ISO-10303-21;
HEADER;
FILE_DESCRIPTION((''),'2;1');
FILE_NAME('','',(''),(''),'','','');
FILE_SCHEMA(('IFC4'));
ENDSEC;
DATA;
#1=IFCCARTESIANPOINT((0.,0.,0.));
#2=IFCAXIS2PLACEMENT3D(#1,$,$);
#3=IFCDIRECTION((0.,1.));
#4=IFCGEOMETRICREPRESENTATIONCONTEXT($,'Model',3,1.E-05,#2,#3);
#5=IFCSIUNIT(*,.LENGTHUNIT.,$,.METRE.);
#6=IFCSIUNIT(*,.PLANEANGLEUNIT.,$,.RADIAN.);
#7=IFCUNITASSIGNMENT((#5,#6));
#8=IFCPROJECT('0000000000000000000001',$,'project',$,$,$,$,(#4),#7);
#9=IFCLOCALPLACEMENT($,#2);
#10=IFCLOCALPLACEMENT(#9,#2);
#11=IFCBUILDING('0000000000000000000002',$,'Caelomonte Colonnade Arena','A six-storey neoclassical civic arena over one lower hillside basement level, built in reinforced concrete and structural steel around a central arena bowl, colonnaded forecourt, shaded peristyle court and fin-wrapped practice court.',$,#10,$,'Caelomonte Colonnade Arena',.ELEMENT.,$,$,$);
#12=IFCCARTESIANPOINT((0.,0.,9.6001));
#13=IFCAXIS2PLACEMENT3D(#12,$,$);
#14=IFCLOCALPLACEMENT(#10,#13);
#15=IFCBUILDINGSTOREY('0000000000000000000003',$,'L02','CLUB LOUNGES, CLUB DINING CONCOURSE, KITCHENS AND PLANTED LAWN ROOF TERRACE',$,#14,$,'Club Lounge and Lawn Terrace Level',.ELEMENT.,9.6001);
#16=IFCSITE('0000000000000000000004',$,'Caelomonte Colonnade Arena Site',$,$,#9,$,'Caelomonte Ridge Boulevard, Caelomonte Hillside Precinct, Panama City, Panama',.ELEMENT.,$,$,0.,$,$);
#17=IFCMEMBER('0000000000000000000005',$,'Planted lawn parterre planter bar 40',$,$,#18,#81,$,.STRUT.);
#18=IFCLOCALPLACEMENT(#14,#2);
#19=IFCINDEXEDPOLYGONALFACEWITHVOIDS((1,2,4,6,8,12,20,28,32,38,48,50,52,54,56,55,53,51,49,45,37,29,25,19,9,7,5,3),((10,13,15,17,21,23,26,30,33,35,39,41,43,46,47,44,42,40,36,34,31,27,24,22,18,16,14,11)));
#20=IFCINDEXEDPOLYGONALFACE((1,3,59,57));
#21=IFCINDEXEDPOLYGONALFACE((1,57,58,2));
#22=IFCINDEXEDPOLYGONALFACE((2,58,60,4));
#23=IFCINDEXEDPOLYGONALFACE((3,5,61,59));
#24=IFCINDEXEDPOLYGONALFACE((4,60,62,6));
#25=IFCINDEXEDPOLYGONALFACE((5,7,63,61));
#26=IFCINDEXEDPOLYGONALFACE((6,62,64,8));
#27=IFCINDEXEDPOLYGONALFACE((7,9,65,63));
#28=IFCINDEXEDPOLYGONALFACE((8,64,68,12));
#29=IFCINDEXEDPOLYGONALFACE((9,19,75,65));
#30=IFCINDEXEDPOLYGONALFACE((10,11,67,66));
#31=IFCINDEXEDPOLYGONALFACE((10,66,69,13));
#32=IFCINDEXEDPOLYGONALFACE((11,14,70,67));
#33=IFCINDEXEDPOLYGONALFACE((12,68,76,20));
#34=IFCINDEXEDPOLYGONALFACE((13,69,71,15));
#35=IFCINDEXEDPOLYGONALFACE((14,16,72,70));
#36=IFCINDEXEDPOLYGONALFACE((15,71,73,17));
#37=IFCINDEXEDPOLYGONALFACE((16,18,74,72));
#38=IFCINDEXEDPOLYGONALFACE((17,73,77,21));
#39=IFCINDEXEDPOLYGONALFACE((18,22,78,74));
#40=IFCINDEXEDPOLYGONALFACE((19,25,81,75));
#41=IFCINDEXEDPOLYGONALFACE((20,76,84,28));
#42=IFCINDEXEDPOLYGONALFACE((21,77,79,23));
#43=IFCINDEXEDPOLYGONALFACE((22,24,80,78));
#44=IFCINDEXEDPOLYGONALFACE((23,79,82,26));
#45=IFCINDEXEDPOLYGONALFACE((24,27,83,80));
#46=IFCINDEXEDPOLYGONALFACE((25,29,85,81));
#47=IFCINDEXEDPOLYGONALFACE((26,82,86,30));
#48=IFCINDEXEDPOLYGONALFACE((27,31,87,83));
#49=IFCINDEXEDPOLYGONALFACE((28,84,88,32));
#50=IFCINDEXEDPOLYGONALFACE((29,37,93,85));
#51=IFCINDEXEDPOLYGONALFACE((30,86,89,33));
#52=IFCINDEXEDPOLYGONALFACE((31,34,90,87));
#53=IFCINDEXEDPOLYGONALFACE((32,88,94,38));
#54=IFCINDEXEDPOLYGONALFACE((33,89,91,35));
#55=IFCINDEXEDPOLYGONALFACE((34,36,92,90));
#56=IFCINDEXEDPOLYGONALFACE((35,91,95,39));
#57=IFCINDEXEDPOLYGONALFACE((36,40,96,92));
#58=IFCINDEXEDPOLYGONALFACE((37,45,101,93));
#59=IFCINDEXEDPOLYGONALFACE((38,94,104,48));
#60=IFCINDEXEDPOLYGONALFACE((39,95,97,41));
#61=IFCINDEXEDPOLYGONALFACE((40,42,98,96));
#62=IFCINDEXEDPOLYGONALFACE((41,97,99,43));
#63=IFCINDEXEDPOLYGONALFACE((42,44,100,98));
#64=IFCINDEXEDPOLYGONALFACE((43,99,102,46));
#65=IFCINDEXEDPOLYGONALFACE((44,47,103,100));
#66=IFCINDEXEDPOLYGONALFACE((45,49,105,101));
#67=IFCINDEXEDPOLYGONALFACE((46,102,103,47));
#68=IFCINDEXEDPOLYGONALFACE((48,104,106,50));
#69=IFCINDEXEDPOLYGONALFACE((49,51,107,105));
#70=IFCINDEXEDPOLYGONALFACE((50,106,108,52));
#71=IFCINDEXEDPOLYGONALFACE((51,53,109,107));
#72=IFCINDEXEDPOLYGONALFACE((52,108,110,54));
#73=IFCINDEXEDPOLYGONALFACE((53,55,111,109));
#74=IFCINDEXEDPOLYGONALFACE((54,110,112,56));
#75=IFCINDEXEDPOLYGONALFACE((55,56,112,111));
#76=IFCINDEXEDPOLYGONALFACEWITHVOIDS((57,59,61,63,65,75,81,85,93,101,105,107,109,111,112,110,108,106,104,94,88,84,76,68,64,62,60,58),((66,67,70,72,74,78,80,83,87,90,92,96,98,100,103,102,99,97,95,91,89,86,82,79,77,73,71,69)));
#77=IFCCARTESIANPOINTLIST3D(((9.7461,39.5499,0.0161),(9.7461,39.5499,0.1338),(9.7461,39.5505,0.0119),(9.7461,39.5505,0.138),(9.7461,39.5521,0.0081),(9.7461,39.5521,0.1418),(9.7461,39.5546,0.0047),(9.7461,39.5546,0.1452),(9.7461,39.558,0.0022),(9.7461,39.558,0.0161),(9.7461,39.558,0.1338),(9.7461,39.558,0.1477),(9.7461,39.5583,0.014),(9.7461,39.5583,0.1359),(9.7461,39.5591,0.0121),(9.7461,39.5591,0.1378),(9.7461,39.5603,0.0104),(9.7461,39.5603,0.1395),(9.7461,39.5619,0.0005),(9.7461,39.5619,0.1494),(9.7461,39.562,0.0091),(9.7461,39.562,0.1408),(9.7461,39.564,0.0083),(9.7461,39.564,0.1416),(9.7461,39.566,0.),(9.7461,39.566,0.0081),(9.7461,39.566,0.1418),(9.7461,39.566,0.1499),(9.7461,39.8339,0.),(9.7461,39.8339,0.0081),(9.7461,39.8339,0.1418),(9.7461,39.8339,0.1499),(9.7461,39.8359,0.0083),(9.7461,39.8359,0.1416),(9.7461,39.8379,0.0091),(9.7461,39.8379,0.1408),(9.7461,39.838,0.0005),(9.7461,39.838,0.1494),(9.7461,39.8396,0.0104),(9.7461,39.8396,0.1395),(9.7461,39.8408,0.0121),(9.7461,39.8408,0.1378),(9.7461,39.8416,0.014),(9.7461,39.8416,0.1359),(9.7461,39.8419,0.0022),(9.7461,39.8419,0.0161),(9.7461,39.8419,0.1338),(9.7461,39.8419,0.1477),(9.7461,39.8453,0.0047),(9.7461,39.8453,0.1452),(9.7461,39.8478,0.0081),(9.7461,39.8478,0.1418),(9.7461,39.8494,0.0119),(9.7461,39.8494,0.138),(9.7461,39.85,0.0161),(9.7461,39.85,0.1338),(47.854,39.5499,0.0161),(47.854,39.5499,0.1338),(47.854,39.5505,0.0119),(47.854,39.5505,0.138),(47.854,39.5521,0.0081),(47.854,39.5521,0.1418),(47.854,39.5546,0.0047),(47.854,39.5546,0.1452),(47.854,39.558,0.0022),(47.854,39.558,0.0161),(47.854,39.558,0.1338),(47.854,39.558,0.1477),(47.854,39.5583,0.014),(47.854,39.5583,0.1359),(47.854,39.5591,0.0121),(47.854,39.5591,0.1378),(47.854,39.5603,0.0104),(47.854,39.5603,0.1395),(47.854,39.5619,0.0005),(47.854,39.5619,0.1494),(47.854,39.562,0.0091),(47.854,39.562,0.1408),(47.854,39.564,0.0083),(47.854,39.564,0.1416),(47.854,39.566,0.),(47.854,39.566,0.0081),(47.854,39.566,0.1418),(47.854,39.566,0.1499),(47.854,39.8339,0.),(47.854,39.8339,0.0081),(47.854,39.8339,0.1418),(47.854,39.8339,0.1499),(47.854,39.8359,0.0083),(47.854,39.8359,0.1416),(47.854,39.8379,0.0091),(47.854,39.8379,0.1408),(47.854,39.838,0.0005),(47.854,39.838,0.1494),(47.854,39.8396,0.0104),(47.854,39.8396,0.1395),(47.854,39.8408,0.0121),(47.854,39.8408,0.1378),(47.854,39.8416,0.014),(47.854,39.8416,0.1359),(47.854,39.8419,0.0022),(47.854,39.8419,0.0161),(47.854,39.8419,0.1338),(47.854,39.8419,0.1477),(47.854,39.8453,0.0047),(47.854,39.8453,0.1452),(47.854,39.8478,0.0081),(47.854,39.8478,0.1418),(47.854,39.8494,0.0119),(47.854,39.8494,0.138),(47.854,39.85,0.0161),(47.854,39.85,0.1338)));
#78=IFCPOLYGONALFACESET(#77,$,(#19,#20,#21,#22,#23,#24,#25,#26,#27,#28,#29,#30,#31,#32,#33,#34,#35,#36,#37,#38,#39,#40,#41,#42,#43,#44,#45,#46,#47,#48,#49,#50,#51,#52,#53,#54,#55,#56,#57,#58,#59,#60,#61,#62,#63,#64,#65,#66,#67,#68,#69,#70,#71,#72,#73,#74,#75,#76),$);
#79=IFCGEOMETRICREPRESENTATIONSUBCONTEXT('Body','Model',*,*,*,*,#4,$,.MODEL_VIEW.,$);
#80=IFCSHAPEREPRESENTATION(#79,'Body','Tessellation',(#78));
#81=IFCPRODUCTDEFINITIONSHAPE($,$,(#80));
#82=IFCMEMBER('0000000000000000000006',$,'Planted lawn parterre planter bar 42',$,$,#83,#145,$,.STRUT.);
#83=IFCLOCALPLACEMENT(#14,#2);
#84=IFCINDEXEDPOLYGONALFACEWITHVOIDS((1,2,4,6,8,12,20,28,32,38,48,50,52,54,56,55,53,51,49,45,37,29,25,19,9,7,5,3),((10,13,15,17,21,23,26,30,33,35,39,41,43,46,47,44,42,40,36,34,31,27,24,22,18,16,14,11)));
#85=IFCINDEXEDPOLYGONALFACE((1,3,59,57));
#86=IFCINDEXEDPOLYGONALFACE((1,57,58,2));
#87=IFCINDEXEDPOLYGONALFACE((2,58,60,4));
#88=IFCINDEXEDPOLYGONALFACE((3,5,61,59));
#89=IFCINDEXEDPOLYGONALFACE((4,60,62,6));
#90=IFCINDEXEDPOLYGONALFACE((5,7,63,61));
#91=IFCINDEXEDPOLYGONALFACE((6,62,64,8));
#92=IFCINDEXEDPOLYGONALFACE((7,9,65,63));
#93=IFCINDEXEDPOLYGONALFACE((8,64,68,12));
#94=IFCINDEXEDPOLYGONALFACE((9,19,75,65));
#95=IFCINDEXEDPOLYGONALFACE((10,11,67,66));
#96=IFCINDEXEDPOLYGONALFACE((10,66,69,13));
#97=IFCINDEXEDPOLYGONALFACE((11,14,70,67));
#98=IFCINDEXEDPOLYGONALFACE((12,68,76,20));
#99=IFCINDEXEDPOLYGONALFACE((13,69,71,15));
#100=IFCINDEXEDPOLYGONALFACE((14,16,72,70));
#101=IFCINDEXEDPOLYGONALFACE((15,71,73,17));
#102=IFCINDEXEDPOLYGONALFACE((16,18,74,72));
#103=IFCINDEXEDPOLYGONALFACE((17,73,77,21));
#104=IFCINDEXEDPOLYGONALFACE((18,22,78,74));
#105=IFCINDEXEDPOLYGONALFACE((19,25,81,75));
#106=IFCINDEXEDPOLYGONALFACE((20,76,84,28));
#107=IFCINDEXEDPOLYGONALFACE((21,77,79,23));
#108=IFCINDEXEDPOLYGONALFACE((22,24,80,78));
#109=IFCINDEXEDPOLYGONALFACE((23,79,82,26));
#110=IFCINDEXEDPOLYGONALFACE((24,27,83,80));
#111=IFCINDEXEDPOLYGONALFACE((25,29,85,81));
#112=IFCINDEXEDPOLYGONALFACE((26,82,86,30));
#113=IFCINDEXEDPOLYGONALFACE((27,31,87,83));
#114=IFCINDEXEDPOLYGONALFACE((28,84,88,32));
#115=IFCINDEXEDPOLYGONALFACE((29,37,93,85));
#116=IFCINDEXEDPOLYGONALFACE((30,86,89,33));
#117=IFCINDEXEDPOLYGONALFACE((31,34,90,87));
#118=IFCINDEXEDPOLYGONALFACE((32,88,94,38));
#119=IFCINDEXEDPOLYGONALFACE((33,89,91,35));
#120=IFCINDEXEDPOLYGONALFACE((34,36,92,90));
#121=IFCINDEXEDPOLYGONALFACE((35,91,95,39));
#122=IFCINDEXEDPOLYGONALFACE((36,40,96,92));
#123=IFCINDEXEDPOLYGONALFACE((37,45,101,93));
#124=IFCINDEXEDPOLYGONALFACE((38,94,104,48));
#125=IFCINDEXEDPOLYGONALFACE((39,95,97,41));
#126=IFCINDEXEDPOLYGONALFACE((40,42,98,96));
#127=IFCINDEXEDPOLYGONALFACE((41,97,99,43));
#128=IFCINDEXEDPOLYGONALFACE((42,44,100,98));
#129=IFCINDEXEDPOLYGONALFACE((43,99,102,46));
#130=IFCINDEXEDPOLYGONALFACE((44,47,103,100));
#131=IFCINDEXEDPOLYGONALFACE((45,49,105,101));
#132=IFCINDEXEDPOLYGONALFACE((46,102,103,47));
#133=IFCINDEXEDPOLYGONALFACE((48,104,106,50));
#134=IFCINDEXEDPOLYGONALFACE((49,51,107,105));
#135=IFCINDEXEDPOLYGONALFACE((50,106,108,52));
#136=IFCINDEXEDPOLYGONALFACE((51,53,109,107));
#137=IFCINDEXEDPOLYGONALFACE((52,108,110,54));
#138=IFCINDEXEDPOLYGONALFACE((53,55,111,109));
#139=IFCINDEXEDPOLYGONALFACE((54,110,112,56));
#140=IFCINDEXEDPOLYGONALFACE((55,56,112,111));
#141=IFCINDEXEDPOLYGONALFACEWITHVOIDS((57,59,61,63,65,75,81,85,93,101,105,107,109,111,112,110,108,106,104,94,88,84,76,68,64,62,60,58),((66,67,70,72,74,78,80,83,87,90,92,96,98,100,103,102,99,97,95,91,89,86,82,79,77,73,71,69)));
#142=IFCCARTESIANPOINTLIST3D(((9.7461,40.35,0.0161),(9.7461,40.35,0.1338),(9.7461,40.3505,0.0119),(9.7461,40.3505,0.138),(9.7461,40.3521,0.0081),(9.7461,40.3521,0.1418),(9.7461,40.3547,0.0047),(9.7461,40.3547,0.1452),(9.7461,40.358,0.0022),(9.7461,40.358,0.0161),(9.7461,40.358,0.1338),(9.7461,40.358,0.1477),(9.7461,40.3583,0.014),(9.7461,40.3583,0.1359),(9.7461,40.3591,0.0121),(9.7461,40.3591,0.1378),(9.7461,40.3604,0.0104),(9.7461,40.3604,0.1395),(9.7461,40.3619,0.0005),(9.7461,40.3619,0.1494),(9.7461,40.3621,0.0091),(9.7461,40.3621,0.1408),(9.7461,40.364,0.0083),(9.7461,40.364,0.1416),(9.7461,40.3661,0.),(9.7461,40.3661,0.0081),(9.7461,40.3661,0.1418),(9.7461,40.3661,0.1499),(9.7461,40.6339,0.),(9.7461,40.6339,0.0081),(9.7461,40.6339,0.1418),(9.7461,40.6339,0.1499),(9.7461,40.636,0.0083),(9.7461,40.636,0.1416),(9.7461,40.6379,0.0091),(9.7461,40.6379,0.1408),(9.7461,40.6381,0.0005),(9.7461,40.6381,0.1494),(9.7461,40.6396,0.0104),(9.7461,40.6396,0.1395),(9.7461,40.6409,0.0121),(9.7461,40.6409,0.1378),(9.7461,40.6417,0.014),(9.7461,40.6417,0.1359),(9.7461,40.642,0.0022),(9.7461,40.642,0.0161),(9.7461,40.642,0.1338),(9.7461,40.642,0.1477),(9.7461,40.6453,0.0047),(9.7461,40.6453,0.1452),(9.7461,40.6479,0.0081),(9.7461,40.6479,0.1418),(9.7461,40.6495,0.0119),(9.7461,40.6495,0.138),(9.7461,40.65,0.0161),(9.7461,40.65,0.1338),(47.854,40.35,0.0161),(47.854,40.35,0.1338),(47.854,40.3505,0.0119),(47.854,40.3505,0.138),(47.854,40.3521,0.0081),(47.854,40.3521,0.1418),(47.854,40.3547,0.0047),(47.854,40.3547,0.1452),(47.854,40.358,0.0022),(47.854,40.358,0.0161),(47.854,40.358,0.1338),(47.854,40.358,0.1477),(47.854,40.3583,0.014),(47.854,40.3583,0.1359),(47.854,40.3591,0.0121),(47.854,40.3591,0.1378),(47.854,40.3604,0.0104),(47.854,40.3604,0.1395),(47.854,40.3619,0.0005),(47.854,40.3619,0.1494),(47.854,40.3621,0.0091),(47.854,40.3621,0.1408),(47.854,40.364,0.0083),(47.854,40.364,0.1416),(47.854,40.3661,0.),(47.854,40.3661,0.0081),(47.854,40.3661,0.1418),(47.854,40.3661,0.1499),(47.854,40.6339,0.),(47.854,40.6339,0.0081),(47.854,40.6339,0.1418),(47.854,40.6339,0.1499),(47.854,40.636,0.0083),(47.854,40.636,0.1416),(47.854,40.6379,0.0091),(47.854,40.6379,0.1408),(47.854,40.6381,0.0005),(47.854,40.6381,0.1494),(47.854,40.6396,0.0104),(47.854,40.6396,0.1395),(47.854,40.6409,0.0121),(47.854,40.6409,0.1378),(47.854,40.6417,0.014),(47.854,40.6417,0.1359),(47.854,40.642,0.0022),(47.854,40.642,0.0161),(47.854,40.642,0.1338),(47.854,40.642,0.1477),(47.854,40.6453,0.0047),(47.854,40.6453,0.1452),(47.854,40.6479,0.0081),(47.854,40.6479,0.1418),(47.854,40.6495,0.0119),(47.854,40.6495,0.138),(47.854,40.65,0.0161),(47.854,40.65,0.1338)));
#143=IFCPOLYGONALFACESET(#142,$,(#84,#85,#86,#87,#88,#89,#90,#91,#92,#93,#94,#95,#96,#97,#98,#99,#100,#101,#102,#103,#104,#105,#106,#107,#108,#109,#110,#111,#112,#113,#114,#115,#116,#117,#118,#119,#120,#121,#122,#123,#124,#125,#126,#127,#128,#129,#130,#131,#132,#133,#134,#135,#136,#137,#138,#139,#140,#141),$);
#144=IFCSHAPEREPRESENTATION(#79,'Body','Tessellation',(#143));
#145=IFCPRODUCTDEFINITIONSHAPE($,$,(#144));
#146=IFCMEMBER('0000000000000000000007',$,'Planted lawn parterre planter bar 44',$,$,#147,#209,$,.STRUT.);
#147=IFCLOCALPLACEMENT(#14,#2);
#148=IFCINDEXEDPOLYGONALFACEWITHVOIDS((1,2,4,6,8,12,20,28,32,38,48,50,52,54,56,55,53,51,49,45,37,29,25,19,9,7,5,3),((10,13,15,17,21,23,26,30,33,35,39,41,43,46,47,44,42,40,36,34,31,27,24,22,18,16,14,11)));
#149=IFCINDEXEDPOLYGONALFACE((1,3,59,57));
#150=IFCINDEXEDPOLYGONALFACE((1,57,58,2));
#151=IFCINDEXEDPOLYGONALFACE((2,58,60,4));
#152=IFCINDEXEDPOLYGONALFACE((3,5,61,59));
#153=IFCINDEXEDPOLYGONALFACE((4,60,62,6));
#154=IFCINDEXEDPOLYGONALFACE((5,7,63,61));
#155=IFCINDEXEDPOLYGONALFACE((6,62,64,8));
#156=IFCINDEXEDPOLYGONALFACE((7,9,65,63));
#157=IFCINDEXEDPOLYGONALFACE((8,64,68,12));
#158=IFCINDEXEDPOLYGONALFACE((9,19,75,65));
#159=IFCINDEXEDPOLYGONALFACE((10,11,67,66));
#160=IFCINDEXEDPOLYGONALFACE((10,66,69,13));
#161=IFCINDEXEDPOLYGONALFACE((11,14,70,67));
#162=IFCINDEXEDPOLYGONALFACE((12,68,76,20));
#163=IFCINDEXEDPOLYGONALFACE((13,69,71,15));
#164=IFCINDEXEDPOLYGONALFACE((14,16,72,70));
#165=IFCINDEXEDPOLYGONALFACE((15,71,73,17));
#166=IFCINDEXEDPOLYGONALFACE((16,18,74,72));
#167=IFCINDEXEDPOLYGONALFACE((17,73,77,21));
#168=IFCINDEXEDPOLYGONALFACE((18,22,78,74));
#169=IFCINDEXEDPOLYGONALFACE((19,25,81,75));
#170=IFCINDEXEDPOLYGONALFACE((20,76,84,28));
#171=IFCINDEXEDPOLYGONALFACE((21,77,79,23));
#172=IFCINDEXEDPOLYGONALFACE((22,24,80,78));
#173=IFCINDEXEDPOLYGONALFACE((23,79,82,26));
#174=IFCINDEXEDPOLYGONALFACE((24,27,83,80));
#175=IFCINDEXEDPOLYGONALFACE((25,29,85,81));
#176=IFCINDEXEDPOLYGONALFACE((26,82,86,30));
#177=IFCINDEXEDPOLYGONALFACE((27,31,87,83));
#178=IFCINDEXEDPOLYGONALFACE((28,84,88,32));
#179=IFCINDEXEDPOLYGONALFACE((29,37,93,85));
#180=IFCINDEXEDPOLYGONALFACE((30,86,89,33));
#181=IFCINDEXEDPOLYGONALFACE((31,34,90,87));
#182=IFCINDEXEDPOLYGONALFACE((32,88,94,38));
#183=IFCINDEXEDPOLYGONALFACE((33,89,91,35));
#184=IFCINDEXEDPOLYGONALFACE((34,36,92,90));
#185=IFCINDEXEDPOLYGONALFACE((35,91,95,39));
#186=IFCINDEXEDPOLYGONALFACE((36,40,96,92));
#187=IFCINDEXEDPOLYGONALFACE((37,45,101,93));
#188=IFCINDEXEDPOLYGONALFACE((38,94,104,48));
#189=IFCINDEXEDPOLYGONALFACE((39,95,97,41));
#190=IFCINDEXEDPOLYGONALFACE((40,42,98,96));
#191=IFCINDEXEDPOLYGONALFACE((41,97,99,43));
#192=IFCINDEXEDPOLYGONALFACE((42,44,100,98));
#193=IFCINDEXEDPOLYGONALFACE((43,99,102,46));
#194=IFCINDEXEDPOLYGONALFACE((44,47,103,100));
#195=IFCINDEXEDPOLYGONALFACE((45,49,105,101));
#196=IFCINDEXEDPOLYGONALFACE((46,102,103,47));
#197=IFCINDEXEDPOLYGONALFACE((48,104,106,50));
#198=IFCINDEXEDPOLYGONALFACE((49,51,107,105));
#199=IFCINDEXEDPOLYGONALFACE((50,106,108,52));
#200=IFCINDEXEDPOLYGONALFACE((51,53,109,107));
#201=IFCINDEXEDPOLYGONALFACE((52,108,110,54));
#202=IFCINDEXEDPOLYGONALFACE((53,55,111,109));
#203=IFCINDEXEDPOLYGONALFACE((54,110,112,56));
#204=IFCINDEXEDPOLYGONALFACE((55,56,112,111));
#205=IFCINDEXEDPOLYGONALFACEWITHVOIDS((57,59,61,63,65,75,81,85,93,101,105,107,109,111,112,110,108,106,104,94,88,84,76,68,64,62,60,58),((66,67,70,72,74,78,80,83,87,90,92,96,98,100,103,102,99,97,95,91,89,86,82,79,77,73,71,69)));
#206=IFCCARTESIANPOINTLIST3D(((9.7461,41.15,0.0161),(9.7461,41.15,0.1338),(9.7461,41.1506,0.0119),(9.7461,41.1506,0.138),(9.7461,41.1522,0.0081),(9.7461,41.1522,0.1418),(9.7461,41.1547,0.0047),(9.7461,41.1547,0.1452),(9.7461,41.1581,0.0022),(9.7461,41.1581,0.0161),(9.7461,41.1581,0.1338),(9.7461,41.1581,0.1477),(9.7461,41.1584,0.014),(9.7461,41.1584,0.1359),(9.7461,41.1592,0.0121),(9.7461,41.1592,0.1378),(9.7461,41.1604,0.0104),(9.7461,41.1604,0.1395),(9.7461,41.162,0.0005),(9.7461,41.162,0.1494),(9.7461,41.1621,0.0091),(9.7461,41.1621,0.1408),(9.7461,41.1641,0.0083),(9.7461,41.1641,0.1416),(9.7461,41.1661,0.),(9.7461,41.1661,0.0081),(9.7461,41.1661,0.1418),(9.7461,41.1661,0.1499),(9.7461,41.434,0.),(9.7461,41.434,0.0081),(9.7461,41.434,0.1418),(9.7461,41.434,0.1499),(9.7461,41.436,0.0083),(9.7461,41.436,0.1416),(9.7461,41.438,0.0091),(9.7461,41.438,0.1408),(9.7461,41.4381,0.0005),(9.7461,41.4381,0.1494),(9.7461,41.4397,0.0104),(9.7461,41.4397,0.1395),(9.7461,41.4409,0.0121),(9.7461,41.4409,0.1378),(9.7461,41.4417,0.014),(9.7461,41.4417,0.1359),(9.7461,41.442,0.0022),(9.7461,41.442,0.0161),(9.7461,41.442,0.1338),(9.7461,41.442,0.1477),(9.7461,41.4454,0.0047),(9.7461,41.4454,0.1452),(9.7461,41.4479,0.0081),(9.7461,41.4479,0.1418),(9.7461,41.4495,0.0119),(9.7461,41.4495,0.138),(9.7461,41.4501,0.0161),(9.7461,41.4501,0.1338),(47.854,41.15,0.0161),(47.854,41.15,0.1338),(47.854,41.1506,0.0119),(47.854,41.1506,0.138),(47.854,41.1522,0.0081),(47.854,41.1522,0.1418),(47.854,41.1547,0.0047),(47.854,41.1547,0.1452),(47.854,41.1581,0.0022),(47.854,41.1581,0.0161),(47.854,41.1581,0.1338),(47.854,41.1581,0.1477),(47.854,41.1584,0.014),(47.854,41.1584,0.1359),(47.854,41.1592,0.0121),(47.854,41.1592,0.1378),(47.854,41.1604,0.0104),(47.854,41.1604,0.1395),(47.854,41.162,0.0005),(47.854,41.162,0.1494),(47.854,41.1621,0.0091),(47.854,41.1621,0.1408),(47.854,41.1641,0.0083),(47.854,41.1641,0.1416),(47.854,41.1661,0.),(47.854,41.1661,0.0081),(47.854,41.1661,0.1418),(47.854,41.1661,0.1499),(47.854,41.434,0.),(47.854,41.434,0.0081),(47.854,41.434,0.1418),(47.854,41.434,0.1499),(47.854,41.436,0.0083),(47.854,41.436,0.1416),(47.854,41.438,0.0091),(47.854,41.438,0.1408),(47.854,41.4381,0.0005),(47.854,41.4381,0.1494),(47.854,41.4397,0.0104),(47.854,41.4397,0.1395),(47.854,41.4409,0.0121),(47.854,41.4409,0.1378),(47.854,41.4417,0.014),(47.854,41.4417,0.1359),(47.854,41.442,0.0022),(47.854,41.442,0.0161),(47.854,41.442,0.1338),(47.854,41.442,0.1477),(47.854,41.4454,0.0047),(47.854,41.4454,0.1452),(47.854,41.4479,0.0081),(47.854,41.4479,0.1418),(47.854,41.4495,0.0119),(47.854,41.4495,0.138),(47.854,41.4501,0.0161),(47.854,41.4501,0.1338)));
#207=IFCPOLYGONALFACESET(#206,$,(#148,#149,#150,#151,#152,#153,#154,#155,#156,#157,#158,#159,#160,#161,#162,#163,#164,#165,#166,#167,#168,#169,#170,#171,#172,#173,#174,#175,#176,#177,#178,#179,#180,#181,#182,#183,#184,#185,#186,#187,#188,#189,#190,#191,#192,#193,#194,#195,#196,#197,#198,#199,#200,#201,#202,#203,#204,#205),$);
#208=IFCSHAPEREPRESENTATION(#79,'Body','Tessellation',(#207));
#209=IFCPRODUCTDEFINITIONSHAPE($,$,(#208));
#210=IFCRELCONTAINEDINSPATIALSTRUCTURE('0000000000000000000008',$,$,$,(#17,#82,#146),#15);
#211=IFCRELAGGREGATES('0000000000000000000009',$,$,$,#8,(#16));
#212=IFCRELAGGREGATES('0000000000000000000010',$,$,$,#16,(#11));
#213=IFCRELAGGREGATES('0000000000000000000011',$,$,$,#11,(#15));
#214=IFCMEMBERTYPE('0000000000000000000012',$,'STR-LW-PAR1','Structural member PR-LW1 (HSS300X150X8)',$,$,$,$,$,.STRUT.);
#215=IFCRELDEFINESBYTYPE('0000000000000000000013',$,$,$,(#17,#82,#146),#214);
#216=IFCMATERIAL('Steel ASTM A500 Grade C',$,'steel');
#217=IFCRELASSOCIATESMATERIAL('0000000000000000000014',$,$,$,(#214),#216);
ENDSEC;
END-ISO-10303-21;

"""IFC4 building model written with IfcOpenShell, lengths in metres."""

from ifc_helpers import new_model, si_unit, direction, frame, origin, origin_2d, place, context, subcontext, project, spatial, hollow_rectangle, extrude, material, material_profile, profile_set, type_object, element, save


model = new_model("IFC4")

# Units and contexts
model_context = context("Model", 3, precision=1e-05, world=origin(), true_north=direction((0.0, 1.0)))
body_context = subcontext(model_context, "Body", "Model", "MODEL_VIEW")
ifc_project = project(units=[si_unit("LENGTHUNIT", "METRE"), si_unit("PLANEANGLEUNIT", "RADIAN")], contexts=[model_context])

# Site, building, storey
site_placement = place(None, origin())
site = spatial("IfcSite", under=ifc_project, at=site_placement, Name="Caelomonte Colonnade Arena Site", LongName="Caelomonte Ridge Boulevard, Caelomonte Hillside Precinct, Panama City, Panama", CompositionType="ELEMENT", RefElevation=0.0)
building_placement = place(site_placement, origin())
building = spatial("IfcBuilding", under=site, at=building_placement, Name="Caelomonte Colonnade Arena", Description="A six-storey neoclassical civic arena over one lower hillside basement level, built in reinforced concrete and structural steel around a central arena bowl, colonnaded forecourt, shaded peristyle court and fin-wrapped practice court.", LongName="Caelomonte Colonnade Arena", CompositionType="ELEMENT")
storey_placement = place(building_placement, frame((0.0, 0.0, 9.6001)))
storey = spatial("IfcBuildingStorey", under=building, at=storey_placement, Name="L02", Description="CLUB LOUNGES, CLUB DINING CONCOURSE, KITCHENS AND PLANTED LAWN ROOF TERRACE", LongName="Club Lounge and Lawn Terrace Level", CompositionType="ELEMENT", Elevation=9.6001)

# Members
ifc_material_1 = material(Name="Steel ASTM A500 Grade C", Category="steel")
ifc_material_profile_1 = material_profile(ifc_material_1, hollow_rectangle(XDim=0.3, YDim=0.1499, WallThickness=0.0081, InnerFilletRadius=0.0081, OuterFilletRadius=0.0161, at=origin_2d()), Name="HSS300X150X8")
ifc_profile_set_1 = profile_set([ifc_material_profile_1], Name="Steel ASTM A500 Grade C")
member_type_1 = type_object("IfcMemberType", Name="STR-LW-PAR1", Description="Structural member PR-LW1 (HSS300X150X8)", PredefinedType="STRUT", material=ifc_profile_set_1)
for number, where, z_axis, x_axis, name in (
    (1, (9.7461, 39.7, 0.075), (1.0, 0.0, 0.0), (0.0, 1.0, 0.0), "Planted lawn parterre planter bar 40"),
    (2, (9.7461, 40.5, 0.075), (1.0, 0.0, 0.0), (0.0, 1.0, 0.0), "Planted lawn parterre planter bar 42"),
    (3, (9.7461, 41.3, 0.075), (1.0, 0.0, 0.0), (0.0, 1.0, 0.0), "Planted lawn parterre planter bar 44"),
):
    element("IfcMember", number, at=place(storey_placement, frame(where, z_axis=z_axis, x_axis=x_axis)), inside=storey, type_object=member_type_1, Name=name, PredefinedType="STRUT", context=body_context, shape_type="SweptSolid", body=[
        extrude(hollow_rectangle(XDim=0.3, YDim=0.1499, WallThickness=0.0081, InnerFilletRadius=0.0081, OuterFilletRadius=0.0161, at=origin_2d()), origin(), (0.0, 0.0, 1.0), 38.1079),
    ])

save(model, "model.ifc")
